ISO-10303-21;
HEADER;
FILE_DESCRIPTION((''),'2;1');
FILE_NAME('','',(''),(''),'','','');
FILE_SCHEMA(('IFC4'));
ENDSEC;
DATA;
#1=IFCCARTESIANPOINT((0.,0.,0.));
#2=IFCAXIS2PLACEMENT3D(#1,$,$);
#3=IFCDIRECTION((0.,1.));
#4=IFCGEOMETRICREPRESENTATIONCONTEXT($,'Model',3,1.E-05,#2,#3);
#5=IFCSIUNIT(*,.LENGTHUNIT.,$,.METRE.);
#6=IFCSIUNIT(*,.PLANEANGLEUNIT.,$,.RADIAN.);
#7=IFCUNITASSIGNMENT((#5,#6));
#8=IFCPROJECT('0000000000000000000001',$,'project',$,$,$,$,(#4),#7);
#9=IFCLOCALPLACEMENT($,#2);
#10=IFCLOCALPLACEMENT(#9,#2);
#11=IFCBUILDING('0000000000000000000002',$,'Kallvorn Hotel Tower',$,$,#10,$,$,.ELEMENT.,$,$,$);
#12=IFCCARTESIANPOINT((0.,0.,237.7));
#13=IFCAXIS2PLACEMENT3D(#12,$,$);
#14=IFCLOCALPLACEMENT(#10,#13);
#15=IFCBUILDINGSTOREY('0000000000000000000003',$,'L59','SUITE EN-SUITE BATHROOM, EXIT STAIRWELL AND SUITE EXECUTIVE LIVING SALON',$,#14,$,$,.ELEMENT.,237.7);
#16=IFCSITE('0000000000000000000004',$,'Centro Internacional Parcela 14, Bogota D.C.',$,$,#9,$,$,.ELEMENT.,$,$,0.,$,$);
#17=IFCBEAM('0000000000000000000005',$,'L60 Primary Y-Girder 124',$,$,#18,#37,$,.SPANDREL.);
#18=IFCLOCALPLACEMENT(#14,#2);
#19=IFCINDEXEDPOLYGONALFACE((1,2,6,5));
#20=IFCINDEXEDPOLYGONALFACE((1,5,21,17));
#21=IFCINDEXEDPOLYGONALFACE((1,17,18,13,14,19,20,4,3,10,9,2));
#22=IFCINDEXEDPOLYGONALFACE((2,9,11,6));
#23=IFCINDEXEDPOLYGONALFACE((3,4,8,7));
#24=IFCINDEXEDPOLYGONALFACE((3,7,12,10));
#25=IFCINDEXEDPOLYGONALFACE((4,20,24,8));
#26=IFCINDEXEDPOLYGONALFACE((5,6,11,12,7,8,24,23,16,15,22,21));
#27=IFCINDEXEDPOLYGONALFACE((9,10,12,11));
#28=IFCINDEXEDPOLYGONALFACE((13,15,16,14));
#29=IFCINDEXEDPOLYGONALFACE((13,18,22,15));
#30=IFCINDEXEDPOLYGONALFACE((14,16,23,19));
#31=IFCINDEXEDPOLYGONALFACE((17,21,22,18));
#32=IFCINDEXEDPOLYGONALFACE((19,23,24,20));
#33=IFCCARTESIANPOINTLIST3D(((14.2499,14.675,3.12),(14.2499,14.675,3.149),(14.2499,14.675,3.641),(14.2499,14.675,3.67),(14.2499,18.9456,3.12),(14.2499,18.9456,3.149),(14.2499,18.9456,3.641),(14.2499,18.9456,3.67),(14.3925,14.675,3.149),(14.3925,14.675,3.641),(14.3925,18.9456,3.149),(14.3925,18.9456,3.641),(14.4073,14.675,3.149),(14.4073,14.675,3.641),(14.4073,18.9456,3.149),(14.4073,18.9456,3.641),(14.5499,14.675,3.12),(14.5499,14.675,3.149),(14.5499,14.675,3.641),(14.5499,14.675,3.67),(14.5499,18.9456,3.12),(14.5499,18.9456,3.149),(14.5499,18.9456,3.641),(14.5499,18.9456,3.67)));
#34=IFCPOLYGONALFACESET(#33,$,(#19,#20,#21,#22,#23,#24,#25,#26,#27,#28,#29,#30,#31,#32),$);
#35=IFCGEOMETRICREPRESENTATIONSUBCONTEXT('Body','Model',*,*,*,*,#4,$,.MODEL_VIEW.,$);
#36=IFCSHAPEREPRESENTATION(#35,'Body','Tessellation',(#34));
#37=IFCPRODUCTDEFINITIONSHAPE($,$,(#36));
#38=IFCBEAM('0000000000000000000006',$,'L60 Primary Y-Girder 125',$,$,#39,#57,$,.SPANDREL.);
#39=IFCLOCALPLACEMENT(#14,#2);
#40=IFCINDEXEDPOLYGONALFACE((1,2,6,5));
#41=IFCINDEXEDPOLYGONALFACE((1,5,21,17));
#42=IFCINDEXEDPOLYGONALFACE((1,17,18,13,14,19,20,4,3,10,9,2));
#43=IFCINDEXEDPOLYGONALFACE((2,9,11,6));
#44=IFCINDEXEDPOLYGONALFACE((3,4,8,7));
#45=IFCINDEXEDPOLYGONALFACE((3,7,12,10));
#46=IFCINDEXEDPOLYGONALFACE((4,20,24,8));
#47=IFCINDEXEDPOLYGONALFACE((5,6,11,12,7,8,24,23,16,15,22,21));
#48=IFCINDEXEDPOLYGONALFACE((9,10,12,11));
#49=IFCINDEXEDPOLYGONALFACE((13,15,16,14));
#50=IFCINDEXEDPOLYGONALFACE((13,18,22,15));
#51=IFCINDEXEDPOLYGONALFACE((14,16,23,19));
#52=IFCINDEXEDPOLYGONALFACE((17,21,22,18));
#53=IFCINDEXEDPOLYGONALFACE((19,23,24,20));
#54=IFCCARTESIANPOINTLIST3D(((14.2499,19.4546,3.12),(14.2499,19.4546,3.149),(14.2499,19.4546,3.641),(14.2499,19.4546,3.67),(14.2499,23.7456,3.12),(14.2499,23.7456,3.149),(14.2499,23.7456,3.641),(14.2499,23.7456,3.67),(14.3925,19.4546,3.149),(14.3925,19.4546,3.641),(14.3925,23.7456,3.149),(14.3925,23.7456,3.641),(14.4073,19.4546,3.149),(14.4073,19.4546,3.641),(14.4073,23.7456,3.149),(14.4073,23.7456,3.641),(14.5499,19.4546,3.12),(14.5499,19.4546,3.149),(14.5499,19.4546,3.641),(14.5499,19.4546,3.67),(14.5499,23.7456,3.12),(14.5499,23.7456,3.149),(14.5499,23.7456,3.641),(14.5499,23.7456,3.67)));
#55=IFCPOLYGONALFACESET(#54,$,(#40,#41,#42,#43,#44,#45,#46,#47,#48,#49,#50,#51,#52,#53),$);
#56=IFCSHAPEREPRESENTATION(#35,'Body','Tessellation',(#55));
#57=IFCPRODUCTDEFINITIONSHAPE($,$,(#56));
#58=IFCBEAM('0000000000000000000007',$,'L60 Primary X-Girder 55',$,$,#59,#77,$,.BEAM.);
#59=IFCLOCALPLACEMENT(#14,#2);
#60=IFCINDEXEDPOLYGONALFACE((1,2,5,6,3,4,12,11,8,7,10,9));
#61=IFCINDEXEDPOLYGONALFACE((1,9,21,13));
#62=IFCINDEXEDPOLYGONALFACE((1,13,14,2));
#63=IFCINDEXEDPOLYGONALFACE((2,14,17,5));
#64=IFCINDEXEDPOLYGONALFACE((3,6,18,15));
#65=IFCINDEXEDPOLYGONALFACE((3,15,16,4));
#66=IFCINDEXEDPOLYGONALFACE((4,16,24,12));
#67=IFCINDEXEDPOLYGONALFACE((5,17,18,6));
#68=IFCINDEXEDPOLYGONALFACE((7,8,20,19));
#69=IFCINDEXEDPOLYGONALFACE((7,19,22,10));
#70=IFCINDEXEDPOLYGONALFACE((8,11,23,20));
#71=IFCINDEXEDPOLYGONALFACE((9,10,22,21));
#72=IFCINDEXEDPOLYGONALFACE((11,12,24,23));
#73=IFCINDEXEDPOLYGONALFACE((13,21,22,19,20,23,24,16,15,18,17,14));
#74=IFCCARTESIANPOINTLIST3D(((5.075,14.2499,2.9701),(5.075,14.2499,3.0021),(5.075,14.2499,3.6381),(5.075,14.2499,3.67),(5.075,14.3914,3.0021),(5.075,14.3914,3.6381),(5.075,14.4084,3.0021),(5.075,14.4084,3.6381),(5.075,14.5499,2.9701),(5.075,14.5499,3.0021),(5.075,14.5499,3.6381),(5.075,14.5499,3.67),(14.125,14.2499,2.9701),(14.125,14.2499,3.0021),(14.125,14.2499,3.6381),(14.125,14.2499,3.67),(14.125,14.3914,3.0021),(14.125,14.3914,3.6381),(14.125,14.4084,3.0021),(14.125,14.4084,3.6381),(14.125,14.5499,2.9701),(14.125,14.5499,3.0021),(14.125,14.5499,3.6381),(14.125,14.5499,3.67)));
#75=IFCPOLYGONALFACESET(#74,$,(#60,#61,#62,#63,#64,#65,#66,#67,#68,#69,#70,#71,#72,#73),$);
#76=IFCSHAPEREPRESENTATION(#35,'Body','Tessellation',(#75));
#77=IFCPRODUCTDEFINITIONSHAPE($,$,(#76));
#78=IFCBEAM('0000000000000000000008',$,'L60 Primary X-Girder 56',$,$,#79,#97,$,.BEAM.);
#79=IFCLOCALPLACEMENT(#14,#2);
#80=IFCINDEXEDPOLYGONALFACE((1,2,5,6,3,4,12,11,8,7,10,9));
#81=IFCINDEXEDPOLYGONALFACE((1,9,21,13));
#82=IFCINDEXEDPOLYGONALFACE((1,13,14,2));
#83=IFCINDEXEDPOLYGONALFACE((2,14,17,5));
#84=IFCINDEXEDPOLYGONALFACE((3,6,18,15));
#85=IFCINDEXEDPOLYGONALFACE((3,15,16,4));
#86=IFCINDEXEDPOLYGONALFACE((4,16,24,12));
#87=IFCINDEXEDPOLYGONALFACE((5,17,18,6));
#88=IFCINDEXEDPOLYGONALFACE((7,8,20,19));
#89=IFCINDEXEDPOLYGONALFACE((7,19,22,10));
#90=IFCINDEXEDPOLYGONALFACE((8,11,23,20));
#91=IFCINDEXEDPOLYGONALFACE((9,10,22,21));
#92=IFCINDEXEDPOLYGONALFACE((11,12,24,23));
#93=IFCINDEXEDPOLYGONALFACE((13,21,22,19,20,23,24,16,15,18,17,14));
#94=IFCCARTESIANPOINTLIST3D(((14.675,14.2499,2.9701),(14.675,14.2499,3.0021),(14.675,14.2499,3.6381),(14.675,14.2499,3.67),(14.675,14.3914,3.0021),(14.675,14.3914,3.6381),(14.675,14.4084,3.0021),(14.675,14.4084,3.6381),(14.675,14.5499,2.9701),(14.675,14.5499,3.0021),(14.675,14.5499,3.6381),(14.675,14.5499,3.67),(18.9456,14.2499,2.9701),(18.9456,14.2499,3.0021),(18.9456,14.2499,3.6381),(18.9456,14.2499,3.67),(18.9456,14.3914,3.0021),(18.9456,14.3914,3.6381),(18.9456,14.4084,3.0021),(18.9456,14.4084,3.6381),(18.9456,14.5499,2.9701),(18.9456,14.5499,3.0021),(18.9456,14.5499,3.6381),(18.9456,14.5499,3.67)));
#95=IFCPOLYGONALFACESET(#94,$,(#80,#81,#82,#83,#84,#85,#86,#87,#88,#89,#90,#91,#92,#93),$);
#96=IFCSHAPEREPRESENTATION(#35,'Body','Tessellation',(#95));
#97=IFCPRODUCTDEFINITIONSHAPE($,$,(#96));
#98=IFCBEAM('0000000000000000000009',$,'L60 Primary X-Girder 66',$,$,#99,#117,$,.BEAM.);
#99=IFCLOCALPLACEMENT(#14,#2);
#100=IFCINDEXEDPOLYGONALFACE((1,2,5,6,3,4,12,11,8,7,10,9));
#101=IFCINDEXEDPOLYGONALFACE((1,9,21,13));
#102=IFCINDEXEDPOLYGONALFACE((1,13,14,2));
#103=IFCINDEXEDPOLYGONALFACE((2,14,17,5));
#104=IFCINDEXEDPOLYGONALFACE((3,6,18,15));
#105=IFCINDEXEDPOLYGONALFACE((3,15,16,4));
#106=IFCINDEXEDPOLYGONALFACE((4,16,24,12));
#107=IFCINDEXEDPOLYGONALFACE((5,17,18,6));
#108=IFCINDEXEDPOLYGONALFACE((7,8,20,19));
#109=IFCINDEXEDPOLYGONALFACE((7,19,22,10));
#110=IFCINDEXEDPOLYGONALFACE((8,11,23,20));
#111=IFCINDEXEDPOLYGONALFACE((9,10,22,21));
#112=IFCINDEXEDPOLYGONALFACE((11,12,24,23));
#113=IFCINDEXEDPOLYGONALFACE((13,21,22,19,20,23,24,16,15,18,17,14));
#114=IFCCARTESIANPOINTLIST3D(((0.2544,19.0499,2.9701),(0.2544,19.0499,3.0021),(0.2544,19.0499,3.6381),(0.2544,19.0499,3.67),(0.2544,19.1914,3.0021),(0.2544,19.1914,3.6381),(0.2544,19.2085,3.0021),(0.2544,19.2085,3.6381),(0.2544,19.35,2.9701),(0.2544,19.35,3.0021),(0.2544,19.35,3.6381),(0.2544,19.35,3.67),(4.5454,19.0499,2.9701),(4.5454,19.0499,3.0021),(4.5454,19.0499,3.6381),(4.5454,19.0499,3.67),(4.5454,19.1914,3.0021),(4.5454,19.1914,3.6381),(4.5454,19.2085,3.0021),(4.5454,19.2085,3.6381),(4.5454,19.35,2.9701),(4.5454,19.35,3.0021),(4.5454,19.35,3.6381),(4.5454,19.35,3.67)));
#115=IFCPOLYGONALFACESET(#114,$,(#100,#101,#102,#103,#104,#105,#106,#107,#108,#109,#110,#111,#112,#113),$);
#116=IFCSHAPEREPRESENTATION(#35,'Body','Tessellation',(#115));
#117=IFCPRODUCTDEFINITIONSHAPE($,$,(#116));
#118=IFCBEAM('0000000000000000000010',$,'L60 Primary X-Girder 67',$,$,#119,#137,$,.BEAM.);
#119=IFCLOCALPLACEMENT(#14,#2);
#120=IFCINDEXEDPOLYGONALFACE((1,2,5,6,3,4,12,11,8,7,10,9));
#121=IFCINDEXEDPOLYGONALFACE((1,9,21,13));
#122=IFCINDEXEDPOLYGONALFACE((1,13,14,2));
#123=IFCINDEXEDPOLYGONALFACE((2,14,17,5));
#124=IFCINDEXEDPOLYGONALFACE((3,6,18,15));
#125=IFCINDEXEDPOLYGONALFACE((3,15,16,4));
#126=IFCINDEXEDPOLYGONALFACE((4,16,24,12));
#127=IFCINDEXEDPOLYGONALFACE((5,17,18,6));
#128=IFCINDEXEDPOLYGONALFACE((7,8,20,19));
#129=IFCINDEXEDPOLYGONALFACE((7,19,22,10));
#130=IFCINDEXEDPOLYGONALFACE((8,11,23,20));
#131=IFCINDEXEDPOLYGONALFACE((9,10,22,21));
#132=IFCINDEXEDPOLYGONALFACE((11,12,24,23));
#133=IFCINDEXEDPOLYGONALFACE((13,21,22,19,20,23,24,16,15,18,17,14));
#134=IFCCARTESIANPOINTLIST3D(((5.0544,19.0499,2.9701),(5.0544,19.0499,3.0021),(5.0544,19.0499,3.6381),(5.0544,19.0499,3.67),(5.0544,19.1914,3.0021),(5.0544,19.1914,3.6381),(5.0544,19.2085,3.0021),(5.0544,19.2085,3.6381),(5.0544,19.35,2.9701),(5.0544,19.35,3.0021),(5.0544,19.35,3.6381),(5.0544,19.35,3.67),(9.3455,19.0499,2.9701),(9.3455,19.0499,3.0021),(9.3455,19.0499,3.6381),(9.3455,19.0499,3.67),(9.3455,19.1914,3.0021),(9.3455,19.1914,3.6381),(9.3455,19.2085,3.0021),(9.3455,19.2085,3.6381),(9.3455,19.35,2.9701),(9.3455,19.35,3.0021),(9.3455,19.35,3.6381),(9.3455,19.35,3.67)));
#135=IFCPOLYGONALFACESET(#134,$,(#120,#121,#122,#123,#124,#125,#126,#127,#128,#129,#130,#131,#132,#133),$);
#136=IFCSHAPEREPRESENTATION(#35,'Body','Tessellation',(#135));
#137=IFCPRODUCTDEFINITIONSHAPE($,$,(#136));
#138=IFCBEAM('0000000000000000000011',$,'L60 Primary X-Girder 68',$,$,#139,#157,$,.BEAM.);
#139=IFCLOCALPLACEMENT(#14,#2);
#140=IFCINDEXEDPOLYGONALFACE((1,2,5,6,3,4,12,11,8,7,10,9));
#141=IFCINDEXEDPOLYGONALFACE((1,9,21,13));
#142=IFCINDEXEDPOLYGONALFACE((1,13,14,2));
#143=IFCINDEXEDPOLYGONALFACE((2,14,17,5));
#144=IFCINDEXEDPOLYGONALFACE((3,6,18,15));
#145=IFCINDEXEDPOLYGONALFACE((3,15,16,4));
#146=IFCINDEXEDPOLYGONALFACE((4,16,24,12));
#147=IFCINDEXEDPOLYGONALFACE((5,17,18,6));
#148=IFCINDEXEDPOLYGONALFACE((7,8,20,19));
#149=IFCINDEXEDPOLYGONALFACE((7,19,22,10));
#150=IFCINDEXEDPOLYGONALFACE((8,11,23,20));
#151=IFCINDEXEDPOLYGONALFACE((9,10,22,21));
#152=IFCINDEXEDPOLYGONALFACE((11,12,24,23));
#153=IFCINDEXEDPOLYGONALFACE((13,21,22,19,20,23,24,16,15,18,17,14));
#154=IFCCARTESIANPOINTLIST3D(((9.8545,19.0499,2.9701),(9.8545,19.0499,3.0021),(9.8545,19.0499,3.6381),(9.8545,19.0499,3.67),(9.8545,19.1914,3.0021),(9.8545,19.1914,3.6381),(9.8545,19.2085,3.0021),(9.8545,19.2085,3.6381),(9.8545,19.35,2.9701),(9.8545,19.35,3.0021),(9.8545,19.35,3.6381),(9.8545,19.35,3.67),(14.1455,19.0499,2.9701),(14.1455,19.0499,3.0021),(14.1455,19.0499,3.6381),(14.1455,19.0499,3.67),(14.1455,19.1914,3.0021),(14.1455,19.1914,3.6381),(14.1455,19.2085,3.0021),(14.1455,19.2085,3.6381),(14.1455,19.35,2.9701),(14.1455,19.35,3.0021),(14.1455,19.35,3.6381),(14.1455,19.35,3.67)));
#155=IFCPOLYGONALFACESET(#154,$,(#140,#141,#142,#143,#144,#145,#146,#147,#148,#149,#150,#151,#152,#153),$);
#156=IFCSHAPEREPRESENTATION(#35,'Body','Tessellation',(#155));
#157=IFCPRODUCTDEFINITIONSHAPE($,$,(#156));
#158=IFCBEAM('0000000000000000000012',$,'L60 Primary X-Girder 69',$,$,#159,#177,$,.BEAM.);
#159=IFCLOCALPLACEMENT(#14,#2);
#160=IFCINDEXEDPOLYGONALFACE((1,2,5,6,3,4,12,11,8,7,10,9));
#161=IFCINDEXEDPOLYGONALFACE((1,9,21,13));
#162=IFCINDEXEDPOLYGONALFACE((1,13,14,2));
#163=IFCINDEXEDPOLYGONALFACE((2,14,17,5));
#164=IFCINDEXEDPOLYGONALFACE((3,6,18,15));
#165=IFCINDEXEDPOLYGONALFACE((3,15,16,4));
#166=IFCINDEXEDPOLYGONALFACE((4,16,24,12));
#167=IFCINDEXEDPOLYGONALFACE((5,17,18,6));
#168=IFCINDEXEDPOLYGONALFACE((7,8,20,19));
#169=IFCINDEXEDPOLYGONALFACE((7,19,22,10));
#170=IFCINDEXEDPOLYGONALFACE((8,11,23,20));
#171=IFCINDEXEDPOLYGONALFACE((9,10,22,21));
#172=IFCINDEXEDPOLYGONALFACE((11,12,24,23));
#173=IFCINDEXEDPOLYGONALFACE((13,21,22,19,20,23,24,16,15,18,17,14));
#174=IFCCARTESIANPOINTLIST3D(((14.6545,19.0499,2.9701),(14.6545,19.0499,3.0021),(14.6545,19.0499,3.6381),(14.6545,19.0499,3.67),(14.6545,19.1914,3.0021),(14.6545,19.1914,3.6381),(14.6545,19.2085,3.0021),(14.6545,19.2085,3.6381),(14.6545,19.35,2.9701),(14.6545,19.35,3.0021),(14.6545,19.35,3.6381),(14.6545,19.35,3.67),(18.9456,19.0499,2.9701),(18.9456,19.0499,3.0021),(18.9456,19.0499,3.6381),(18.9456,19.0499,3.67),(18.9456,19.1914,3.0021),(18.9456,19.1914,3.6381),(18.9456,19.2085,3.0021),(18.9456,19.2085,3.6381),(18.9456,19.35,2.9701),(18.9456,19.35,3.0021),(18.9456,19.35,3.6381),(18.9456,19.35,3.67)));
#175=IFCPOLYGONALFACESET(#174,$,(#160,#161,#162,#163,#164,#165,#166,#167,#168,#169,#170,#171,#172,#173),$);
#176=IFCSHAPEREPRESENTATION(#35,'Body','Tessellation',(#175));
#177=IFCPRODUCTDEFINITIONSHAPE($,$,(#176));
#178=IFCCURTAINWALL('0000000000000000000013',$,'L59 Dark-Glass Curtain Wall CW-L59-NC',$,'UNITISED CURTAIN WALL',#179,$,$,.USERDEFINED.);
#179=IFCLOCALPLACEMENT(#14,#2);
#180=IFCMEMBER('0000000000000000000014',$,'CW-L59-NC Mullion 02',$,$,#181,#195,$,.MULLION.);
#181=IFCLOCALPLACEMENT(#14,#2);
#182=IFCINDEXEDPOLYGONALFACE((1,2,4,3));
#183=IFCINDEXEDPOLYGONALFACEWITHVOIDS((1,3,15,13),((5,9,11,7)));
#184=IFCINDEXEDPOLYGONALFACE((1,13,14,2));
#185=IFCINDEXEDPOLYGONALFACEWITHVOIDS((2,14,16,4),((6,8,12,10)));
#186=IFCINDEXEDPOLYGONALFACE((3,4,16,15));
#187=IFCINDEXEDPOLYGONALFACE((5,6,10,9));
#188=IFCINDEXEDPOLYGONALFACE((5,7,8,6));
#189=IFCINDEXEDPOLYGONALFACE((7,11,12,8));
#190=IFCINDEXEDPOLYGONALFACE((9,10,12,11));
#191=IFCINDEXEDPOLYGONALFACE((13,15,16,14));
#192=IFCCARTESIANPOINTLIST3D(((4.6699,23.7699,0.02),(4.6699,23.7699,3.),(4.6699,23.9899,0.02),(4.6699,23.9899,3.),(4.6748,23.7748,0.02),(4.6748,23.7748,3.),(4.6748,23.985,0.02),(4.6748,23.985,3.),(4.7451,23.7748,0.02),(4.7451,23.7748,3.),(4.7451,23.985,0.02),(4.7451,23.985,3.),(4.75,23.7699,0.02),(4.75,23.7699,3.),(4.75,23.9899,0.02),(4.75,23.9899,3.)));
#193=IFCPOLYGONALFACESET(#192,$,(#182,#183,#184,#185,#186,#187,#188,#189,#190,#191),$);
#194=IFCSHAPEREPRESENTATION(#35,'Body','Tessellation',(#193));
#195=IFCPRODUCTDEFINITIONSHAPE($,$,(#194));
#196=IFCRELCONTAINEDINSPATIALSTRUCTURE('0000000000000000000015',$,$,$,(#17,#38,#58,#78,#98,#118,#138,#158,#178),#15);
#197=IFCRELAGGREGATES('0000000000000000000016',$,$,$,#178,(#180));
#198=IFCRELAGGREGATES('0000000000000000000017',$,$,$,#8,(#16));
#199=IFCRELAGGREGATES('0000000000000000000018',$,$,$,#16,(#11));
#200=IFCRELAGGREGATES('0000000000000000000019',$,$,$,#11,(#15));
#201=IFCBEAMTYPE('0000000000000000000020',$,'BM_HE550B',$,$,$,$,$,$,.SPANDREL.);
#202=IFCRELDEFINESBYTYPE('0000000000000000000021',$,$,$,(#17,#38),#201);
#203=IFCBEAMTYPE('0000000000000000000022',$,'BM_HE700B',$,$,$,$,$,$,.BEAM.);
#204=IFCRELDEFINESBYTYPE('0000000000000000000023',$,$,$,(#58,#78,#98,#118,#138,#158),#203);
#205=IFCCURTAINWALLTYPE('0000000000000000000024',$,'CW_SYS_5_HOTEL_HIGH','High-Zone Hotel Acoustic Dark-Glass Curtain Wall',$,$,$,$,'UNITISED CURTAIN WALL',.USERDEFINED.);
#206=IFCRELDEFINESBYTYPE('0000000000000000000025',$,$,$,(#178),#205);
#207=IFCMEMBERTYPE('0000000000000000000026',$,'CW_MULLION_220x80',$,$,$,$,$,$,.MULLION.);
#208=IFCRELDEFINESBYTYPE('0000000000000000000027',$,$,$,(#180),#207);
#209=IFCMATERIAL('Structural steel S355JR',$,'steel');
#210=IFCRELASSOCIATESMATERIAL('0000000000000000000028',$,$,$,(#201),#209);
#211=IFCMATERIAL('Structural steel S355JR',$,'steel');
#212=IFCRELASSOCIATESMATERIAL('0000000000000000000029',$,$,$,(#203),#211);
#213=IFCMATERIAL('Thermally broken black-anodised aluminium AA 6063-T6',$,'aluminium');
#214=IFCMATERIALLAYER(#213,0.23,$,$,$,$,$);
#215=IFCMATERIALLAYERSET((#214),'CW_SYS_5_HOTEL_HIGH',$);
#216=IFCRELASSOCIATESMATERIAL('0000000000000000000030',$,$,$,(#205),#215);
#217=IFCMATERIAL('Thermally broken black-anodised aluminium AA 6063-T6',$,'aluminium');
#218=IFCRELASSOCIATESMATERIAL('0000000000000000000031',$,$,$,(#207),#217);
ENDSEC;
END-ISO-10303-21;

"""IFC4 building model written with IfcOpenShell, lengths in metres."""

from ifc_helpers import new_model, si_unit, direction, frame, origin, origin_2d, place, context, subcontext, project, spatial, hollow_rectangle, i_section, extrude, material, layer, layer_set, material_profile, profile_set, type_object, element, aggregate, save


model = new_model("IFC4")

# Units and contexts
model_context = context("Model", 3, precision=1e-05, world=origin(), true_north=direction((0.0, 1.0)))
body_context = subcontext(model_context, "Body", "Model", "MODEL_VIEW")
ifc_project = project(units=[si_unit("LENGTHUNIT", "METRE"), si_unit("PLANEANGLEUNIT", "RADIAN")], contexts=[model_context])

# Site, building, storey
site_placement = place(None, origin())
site = spatial("IfcSite", under=ifc_project, at=site_placement, Name="Centro Internacional Parcela 14, Bogota D.C.", CompositionType="ELEMENT", RefElevation=0.0)
building_placement = place(site_placement, origin())
building = spatial("IfcBuilding", under=site, at=building_placement, Name="Kallvorn Hotel Tower", CompositionType="ELEMENT")
storey_placement = place(building_placement, frame((0.0, 0.0, 237.7)))
storey = spatial("IfcBuildingStorey", under=building, at=storey_placement, Name="L59", Description="SUITE EN-SUITE BATHROOM, EXIT STAIRWELL AND SUITE EXECUTIVE LIVING SALON", CompositionType="ELEMENT", Elevation=237.7)

# Beams
ifc_material_1 = material(Name="Structural steel S355JR", Category="steel")
ifc_material_profile_1 = material_profile(ifc_material_1, i_section(OverallWidth=0.3, OverallDepth=0.55, WebThickness=0.0149, FlangeThickness=0.0291, at=origin_2d()), Name="HE 550 B")
ifc_profile_set_1 = profile_set([ifc_material_profile_1], Name="Structural steel S355JR")
beam_type_1 = type_object("IfcBeamType", Name="BM_HE550B", PredefinedType="SPANDREL", material=ifc_profile_set_1)
beam_1_placement = place(storey_placement, frame((14.3999, 14.675, 3.395), z_axis=(0.0, 1.0, 0.0), x_axis=(-1.0, 0.0, 0.0)))
element("IfcBeam", 1, at=beam_1_placement, inside=storey, type_object=beam_type_1, Name="L60 Primary Y-Girder 124", PredefinedType="SPANDREL", context=body_context, shape_type="SweptSolid", body=[
    extrude(i_section(OverallWidth=0.3, OverallDepth=0.55, WebThickness=0.0149, FlangeThickness=0.0291, at=origin_2d()), origin(), (0.0, 0.0, 1.0), 4.2705),
])
beam_2_placement = place(storey_placement, frame((14.3999, 19.4546, 3.395), z_axis=(0.0, 1.0, 0.0), x_axis=(-1.0, 0.0, 0.0)))
element("IfcBeam", 2, at=beam_2_placement, inside=storey, type_object=beam_type_1, Name="L60 Primary Y-Girder 125", PredefinedType="SPANDREL", context=body_context, shape_type="SweptSolid", body=[
    extrude(i_section(OverallWidth=0.3, OverallDepth=0.55, WebThickness=0.0149, FlangeThickness=0.0291, at=origin_2d()), origin(), (0.0, 0.0, 1.0), 4.291),
])
ifc_material_2 = material(Name="Structural steel S355JR", Category="steel")
ifc_material_profile_2 = material_profile(ifc_material_2, i_section(OverallWidth=0.3, OverallDepth=0.7, WebThickness=0.0171, FlangeThickness=0.032, at=origin_2d()), Name="HE 700 B")
ifc_profile_set_2 = profile_set([ifc_material_profile_2], Name="Structural steel S355JR")
beam_type_2 = type_object("IfcBeamType", Name="BM_HE700B", PredefinedType="BEAM", material=ifc_profile_set_2)
beam_3_placement = place(storey_placement, frame((5.075, 14.3999, 3.3201), z_axis=(1.0, 0.0, 0.0), x_axis=(0.0, 1.0, 0.0)))
element("IfcBeam", 3, at=beam_3_placement, inside=storey, type_object=beam_type_2, Name="L60 Primary X-Girder 55", PredefinedType="BEAM", context=body_context, shape_type="SweptSolid", body=[
    extrude(i_section(OverallWidth=0.3, OverallDepth=0.7, WebThickness=0.0171, FlangeThickness=0.032, at=origin_2d()), origin(), (0.0, 0.0, 1.0), 9.05),
])
beam_4_placement = place(storey_placement, frame((14.675, 14.3999, 3.3201), z_axis=(1.0, 0.0, 0.0), x_axis=(0.0, 1.0, 0.0)))
element("IfcBeam", 4, at=beam_4_placement, inside=storey, type_object=beam_type_2, Name="L60 Primary X-Girder 56", PredefinedType="BEAM", context=body_context, shape_type="SweptSolid", body=[
    extrude(i_section(OverallWidth=0.3, OverallDepth=0.7, WebThickness=0.0171, FlangeThickness=0.032, at=origin_2d()), origin(), (0.0, 0.0, 1.0), 4.2705),
])
for number, where, z_axis, x_axis, name in (
    (5, (0.2544, 19.2, 3.3201), (1.0, 0.0, 0.0), (0.0, 1.0, 0.0), "L60 Primary X-Girder 66"),
    (6, (5.0544, 19.2, 3.3201), (1.0, 0.0, 0.0), (0.0, 1.0, 0.0), "L60 Primary X-Girder 67"),
    (7, (9.8545, 19.2, 3.3201), (1.0, 0.0, 0.0), (0.0, 1.0, 0.0), "L60 Primary X-Girder 68"),
    (8, (14.6545, 19.2, 3.3201), (1.0, 0.0, 0.0), (0.0, 1.0, 0.0), "L60 Primary X-Girder 69"),
):
    element("IfcBeam", number, at=place(storey_placement, frame(where, z_axis=z_axis, x_axis=x_axis)), inside=storey, type_object=beam_type_2, Name=name, PredefinedType="BEAM", context=body_context, shape_type="SweptSolid", body=[
        extrude(i_section(OverallWidth=0.3, OverallDepth=0.7, WebThickness=0.0171, FlangeThickness=0.032, at=origin_2d()), origin(), (0.0, 0.0, 1.0), 4.291),
    ])

# Curtain wall, member
ifc_material_3 = material(Name="Thermally broken black-anodised aluminium AA 6063-T6", Category="aluminium")
ifc_layer_1 = layer(ifc_material_3, 0.23)
ifc_layer_set_1 = layer_set([ifc_layer_1], Name="CW_SYS_5_HOTEL_HIGH")
curtain_wall_type = type_object("IfcCurtainWallType", Name="CW_SYS_5_HOTEL_HIGH", Description="High-Zone Hotel Acoustic Dark-Glass Curtain Wall", ElementType="UNITISED CURTAIN WALL", PredefinedType="USERDEFINED", material=ifc_layer_set_1)
curtain_wall_placement = place(storey_placement, origin())
curtain_wall = element("IfcCurtainWall", 9, at=curtain_wall_placement, inside=storey, type_object=curtain_wall_type, Name="L59 Dark-Glass Curtain Wall CW-L59-NC", ObjectType="UNITISED CURTAIN WALL", PredefinedType="USERDEFINED")
ifc_material_4 = material(Name="Thermally broken black-anodised aluminium AA 6063-T6", Category="aluminium")
ifc_material_profile_3 = material_profile(ifc_material_4, hollow_rectangle(XDim=0.0801, YDim=0.22, WallThickness=0.0049, at=origin_2d()), Name="MUL 220x80")
ifc_profile_set_3 = profile_set([ifc_material_profile_3], Name="Thermally broken black-anodised aluminium AA 6063-T6")
member_type_1 = type_object("IfcMemberType", Name="CW_MULLION_220x80", PredefinedType="MULLION", material=ifc_profile_set_3)
member_1_placement = place(storey_placement, frame((4.71, 23.8799, 0.02), z_axis=(0.0, 0.0, 1.0), x_axis=(1.0, 0.0, 0.0)))
member_1 = element("IfcMember", 10, at=member_1_placement, type_object=member_type_1, Name="CW-L59-NC Mullion 02", PredefinedType="MULLION", context=body_context, shape_type="SweptSolid", body=[
    extrude(hollow_rectangle(XDim=0.0801, YDim=0.22, WallThickness=0.0049, at=origin_2d()), origin(), (0.0, 0.0, 1.0), 2.98),
])
aggregate(curtain_wall, [member_1])

save(model, "model.ifc")
